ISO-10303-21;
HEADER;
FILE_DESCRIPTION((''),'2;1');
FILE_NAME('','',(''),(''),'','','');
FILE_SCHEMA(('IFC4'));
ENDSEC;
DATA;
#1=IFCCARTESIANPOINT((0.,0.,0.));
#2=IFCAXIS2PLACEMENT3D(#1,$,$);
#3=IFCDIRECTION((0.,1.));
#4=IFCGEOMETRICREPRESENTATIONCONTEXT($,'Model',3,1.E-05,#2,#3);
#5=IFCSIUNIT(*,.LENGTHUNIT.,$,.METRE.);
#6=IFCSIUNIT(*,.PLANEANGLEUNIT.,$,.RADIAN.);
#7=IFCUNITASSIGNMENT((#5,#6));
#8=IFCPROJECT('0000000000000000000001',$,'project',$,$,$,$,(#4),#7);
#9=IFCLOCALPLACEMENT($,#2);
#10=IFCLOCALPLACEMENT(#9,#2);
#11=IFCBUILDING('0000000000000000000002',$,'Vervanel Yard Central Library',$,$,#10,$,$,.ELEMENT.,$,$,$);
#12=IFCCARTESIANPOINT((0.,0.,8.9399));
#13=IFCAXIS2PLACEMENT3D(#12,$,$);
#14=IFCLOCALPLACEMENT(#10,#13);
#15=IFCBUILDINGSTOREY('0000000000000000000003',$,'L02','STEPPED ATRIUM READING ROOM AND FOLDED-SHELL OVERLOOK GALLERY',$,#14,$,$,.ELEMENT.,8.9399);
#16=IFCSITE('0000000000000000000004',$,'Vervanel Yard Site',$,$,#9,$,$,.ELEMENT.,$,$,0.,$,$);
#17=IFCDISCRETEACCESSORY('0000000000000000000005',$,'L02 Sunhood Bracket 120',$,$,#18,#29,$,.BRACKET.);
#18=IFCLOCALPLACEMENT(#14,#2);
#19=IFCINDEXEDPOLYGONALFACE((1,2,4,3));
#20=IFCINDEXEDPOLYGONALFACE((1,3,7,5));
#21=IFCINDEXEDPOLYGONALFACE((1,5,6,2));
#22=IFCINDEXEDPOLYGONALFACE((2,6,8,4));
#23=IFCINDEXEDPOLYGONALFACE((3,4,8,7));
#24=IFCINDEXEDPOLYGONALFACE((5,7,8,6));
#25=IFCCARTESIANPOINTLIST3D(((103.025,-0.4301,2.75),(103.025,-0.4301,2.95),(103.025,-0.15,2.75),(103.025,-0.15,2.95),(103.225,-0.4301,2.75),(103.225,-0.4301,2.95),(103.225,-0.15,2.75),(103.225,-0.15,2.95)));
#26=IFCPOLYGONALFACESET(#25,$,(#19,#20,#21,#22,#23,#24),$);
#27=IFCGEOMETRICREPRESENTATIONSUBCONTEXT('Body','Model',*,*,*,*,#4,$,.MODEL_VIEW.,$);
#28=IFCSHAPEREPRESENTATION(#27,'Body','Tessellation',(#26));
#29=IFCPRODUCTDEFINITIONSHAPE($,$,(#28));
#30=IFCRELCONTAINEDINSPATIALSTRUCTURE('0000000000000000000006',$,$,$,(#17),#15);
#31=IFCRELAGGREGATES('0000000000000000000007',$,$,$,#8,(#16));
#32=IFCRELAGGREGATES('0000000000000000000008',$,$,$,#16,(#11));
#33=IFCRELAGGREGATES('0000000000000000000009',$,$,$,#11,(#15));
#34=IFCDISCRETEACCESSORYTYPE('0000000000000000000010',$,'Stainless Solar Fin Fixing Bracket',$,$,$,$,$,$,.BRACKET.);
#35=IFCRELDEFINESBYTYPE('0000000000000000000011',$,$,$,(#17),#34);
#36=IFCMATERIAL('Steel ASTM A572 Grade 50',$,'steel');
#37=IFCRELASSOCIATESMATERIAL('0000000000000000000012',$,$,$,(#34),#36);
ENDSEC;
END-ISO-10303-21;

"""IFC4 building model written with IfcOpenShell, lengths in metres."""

from ifc_helpers import new_model, si_unit, direction, frame, origin, origin_2d, place, context, subcontext, project, spatial, rectangle, extrude, material, type_object, element, save


model = new_model("IFC4")

# Units and contexts
model_context = context("Model", 3, precision=1e-05, world=origin(), true_north=direction((0.0, 1.0)))
body_context = subcontext(model_context, "Body", "Model", "MODEL_VIEW")
ifc_project = project(units=[si_unit("LENGTHUNIT", "METRE"), si_unit("PLANEANGLEUNIT", "RADIAN")], contexts=[model_context])

# Site, building, storey
site_placement = place(None, origin())
site = spatial("IfcSite", under=ifc_project, at=site_placement, Name="Vervanel Yard Site", CompositionType="ELEMENT", RefElevation=0.0)
building_placement = place(site_placement, origin())
building = spatial("IfcBuilding", under=site, at=building_placement, Name="Vervanel Yard Central Library", CompositionType="ELEMENT")
storey_placement = place(building_placement, frame((0.0, 0.0, 8.9399)))
storey = spatial("IfcBuildingStorey", under=building, at=storey_placement, Name="L02", Description="STEPPED ATRIUM READING ROOM AND FOLDED-SHELL OVERLOOK GALLERY", CompositionType="ELEMENT", Elevation=8.9399)

# Discrete accessory
ifc_material_1 = material(Name="Steel ASTM A572 Grade 50", Category="steel")
discrete_accessory_type = type_object("IfcDiscreteAccessoryType", Name="Stainless Solar Fin Fixing Bracket", PredefinedType="BRACKET", material=ifc_material_1)
for number, where, z_axis, x_axis, name in (
    (1, (103.125, -0.29, 2.75), (0.0, 0.0, 1.0), (1.0, 0.0, 0.0), "L02 Sunhood Bracket 120"),
):
    element("IfcDiscreteAccessory", number, at=place(storey_placement, frame(where, z_axis=z_axis, x_axis=x_axis)), inside=storey, type_object=discrete_accessory_type, Name=name, PredefinedType="BRACKET", context=body_context, shape_type="SweptSolid", body=[
        extrude(rectangle(XDim=0.2, YDim=0.28, at=origin_2d()), origin(), (0.0, 0.0, 1.0), 0.2),
    ])

save(model, "model.ifc")
